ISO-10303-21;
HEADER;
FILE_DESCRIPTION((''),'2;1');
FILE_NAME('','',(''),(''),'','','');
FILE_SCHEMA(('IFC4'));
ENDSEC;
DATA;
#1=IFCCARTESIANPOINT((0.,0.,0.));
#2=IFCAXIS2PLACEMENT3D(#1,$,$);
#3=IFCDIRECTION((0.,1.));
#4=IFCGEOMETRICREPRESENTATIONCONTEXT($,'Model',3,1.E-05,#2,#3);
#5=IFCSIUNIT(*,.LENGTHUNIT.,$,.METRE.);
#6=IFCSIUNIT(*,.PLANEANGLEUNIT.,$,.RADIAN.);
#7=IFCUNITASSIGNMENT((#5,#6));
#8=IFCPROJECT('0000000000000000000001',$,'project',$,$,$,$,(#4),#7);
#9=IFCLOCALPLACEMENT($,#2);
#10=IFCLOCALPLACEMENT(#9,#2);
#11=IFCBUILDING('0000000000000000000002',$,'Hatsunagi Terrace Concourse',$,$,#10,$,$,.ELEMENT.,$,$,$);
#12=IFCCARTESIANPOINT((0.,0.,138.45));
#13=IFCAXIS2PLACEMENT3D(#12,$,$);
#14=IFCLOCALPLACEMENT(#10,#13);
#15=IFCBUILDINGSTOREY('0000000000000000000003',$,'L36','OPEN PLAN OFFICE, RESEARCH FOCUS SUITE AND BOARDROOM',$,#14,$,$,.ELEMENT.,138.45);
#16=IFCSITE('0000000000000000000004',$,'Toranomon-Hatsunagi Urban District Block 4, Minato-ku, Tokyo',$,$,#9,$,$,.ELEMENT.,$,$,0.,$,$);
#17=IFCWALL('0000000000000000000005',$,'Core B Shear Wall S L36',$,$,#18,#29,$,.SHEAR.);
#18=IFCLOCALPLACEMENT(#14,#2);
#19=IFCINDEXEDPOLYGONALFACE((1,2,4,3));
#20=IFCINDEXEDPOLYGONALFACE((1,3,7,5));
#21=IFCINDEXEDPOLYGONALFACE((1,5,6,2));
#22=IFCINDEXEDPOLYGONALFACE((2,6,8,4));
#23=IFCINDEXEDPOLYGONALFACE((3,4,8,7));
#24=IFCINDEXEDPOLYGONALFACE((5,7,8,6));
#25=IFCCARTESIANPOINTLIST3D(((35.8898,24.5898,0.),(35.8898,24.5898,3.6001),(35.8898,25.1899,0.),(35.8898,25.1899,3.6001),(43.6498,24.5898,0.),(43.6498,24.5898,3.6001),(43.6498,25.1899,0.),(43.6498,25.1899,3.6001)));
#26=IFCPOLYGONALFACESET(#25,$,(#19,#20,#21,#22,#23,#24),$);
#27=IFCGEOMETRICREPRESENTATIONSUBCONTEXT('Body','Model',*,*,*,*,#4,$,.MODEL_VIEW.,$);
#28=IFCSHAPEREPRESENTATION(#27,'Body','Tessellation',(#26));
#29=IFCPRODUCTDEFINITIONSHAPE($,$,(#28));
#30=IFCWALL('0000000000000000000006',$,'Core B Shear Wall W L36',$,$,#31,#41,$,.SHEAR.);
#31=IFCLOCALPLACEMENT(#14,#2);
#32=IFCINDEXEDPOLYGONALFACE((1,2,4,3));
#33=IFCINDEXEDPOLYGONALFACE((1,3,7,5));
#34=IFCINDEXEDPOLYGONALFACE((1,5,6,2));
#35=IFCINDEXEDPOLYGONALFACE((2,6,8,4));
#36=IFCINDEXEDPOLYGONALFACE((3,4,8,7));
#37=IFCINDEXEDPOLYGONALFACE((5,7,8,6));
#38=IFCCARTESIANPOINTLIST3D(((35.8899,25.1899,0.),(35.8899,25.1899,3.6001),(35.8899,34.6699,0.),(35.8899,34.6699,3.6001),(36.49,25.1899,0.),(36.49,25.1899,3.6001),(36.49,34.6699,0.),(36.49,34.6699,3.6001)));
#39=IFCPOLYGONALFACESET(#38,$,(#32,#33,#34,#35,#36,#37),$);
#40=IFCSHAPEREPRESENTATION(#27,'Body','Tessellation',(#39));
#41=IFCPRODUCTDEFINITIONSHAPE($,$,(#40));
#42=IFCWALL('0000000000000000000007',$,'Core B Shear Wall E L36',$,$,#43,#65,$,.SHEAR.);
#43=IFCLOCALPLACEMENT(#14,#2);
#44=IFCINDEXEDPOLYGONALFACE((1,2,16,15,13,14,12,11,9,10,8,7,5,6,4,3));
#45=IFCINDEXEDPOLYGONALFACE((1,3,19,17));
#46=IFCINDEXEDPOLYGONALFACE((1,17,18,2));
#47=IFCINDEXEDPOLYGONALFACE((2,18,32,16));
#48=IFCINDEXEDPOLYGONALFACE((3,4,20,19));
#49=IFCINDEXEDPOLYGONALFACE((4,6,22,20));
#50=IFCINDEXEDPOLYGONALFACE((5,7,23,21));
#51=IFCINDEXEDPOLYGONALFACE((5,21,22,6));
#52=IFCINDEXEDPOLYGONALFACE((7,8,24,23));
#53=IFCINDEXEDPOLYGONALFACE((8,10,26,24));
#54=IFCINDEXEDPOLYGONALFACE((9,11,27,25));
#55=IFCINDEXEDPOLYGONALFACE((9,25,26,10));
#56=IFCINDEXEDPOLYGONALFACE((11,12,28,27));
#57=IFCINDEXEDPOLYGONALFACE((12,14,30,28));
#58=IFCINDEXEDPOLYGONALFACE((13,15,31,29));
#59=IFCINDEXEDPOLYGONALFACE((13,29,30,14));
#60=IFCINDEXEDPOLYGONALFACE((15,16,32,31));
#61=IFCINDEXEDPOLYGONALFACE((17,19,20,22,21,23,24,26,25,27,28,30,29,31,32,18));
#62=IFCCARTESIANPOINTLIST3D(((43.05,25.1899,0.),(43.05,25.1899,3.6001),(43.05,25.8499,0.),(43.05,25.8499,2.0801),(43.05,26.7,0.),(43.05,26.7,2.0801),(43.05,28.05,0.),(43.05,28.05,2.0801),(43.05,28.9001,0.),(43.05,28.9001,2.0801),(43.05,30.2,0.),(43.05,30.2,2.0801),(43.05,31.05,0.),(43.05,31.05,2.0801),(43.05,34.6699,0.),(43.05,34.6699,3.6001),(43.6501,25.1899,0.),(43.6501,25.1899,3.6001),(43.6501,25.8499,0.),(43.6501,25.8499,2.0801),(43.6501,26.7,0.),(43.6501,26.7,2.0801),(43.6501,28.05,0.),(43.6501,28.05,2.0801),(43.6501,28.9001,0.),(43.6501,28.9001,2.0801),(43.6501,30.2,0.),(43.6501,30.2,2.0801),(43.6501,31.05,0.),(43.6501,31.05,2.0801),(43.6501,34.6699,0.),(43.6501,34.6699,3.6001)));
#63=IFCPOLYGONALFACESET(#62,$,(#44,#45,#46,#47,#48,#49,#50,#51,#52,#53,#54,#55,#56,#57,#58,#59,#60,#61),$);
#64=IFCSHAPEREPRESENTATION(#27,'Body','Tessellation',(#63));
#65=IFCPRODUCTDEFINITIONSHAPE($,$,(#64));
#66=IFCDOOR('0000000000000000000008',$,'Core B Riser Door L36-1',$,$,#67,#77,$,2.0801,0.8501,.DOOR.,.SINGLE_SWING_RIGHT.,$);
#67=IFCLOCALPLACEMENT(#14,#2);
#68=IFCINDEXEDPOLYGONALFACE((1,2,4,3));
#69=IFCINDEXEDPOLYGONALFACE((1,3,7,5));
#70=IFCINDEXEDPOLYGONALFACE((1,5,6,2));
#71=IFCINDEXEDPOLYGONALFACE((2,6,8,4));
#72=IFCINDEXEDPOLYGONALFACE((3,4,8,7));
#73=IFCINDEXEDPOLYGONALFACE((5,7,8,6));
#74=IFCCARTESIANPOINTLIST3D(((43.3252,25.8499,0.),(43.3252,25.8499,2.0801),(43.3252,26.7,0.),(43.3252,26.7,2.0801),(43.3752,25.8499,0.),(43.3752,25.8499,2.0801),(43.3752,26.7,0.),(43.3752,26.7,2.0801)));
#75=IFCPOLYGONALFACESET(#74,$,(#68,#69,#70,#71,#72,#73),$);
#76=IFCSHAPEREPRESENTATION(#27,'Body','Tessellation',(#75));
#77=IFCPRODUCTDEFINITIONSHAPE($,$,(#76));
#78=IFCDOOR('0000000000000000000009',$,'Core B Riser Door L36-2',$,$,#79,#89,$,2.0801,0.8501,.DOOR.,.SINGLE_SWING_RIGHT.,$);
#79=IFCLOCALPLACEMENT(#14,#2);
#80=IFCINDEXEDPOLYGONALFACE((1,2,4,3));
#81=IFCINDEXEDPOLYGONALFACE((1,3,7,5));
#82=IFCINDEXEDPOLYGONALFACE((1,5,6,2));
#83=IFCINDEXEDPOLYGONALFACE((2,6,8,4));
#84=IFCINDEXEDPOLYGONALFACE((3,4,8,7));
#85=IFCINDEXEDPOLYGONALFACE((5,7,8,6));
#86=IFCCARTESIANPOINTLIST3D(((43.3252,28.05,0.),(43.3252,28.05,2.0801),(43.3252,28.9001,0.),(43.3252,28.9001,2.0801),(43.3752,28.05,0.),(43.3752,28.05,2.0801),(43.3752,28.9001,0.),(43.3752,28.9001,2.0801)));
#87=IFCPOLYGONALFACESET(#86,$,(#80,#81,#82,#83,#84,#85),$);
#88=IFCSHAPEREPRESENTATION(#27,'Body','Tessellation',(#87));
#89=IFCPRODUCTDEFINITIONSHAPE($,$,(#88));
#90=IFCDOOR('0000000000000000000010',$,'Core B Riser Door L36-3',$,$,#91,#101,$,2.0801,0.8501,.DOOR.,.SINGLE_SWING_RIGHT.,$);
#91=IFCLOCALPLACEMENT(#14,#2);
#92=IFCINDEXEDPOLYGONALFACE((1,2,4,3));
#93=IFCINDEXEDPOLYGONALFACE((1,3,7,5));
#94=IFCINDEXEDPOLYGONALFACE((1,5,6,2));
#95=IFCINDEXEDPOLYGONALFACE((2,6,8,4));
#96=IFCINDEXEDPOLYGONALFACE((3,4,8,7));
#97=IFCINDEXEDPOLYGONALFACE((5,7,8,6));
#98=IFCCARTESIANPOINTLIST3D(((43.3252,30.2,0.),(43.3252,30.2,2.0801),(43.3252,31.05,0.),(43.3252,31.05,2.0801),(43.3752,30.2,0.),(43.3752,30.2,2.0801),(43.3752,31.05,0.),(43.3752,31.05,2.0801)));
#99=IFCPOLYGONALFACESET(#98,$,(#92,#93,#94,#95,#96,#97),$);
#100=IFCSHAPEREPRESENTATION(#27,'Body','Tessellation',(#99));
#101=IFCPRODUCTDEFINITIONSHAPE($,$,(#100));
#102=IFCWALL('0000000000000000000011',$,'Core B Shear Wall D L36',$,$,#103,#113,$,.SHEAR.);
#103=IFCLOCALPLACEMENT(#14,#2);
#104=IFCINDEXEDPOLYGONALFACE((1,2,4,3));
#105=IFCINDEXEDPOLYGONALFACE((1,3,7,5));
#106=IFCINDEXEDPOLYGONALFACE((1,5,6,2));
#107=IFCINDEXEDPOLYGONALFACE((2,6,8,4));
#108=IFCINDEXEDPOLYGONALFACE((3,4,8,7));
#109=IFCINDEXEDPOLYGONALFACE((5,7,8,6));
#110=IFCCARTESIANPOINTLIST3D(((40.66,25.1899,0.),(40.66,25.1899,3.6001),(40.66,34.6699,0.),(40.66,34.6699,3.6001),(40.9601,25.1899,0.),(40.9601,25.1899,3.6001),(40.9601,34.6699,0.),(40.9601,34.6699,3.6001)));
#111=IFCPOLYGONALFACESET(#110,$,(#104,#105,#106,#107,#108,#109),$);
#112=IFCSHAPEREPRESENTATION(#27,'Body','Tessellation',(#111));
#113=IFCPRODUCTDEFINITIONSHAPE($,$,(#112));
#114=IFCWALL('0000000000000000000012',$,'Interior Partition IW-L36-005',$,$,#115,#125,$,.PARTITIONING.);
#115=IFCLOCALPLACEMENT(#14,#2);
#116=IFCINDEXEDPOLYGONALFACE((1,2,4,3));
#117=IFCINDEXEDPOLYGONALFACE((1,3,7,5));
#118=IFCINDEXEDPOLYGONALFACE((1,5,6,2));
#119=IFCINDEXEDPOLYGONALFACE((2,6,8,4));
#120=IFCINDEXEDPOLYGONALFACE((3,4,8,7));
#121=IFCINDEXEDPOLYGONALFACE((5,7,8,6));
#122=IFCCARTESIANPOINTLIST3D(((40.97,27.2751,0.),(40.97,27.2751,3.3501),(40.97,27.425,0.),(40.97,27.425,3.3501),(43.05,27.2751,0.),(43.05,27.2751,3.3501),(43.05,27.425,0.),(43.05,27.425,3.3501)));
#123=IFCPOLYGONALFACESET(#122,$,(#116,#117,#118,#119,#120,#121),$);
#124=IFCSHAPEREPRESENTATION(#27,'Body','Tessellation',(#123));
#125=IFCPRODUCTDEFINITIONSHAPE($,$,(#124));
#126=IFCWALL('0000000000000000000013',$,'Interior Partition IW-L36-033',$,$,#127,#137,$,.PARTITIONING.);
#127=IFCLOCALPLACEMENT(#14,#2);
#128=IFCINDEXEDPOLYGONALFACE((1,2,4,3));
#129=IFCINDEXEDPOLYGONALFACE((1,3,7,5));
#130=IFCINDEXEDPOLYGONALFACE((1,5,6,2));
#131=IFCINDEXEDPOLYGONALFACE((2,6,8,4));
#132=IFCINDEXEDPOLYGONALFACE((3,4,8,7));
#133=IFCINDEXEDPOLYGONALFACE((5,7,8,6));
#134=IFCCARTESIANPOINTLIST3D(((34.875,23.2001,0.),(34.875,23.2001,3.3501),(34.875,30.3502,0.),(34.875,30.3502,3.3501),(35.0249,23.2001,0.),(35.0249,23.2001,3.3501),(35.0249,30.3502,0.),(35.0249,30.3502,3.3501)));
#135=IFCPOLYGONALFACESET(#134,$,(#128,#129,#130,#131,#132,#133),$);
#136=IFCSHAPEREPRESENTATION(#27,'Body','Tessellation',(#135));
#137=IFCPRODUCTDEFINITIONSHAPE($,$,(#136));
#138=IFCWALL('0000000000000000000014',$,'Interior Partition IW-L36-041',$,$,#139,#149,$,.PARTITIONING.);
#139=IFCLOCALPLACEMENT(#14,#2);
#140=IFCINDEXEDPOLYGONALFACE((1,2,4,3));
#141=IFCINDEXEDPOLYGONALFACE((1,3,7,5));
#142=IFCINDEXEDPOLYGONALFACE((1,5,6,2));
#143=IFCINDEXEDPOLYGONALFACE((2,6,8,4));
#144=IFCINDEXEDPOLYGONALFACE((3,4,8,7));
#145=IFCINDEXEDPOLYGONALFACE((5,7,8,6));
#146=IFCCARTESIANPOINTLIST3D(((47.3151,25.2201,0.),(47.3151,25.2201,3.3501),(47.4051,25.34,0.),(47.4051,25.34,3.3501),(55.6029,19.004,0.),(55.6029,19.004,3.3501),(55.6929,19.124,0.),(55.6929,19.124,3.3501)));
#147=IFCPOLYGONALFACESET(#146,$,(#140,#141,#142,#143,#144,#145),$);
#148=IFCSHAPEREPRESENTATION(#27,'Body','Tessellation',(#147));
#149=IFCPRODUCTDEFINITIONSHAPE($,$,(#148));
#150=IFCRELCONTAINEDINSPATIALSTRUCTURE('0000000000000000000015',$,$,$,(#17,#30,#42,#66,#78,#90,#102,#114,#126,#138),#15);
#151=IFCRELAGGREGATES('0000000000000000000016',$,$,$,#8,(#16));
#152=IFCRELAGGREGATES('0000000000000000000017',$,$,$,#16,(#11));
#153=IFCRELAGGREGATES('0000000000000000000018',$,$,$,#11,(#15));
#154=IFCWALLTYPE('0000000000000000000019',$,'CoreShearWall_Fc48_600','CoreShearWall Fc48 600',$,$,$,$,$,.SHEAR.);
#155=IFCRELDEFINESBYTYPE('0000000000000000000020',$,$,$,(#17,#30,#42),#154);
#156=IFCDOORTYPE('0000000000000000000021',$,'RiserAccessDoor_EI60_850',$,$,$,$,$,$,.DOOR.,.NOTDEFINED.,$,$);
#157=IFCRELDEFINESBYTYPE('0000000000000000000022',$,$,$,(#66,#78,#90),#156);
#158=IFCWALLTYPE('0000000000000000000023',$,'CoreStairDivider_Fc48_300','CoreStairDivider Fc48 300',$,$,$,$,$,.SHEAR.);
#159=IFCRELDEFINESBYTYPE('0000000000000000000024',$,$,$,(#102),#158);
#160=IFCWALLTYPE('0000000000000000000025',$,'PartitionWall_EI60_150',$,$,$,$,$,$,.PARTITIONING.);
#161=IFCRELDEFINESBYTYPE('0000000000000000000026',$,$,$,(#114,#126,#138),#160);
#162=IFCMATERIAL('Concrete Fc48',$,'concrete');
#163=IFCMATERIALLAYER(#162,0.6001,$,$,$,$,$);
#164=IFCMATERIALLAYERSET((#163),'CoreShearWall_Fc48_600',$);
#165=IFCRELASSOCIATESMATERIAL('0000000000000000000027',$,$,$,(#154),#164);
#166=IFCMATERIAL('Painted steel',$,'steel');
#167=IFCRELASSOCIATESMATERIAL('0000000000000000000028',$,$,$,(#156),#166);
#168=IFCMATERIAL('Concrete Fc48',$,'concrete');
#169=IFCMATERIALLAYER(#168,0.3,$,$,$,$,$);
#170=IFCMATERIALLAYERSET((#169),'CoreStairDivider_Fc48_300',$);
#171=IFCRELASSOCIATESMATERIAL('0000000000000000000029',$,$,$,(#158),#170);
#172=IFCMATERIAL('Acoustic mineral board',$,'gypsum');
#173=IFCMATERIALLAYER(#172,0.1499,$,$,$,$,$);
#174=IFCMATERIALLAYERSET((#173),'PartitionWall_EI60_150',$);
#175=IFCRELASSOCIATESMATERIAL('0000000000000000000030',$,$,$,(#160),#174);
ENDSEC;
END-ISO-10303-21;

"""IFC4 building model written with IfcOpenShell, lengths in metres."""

from ifc_helpers import new_model, si_unit, direction, frame, frame_2d, origin, place, context, subcontext, project, spatial, rectangle, extrude, material, layer, layer_set, type_object, element, fill, save


model = new_model("IFC4")

# Units and contexts
model_context = context("Model", 3, precision=1e-05, world=origin(), true_north=direction((0.0, 1.0)))
body_context = subcontext(model_context, "Body", "Model", "MODEL_VIEW")
ifc_project = project(units=[si_unit("LENGTHUNIT", "METRE"), si_unit("PLANEANGLEUNIT", "RADIAN")], contexts=[model_context])

# Site, building, storey
site_placement = place(None, origin())
site = spatial("IfcSite", under=ifc_project, at=site_placement, Name="Toranomon-Hatsunagi Urban District Block 4, Minato-ku, Tokyo", CompositionType="ELEMENT", RefElevation=0.0)
building_placement = place(site_placement, origin())
building = spatial("IfcBuilding", under=site, at=building_placement, Name="Hatsunagi Terrace Concourse", CompositionType="ELEMENT")
storey_placement = place(building_placement, frame((0.0, 0.0, 138.45)))
storey = spatial("IfcBuildingStorey", under=building, at=storey_placement, Name="L36", Description="OPEN PLAN OFFICE, RESEARCH FOCUS SUITE AND BOARDROOM", CompositionType="ELEMENT", Elevation=138.45)

# Walls
ifc_material_1 = material(Name="Concrete Fc48", Category="concrete")
ifc_layer_1 = layer(ifc_material_1, 0.6001)
ifc_layer_set_1 = layer_set([ifc_layer_1], Name="CoreShearWall_Fc48_600")
wall_type_1 = type_object("IfcWallType", Name="CoreShearWall_Fc48_600", Description="CoreShearWall Fc48 600", PredefinedType="SHEAR", material=ifc_layer_set_1)
wall_1_placement = place(storey_placement, frame((35.8899, 24.8899, 0.0), z_axis=(0.0, 0.0, 1.0), x_axis=(1.0, 0.0, 0.0)))
element("IfcWall", 1, at=wall_1_placement, inside=storey, type_object=wall_type_1, Name="Core B Shear Wall S L36", PredefinedType="SHEAR", context=body_context, shape_type="SweptSolid", body=[
    extrude(rectangle(XDim=7.76, YDim=0.6001, at=frame_2d((3.8799, 0.0))), origin(), (0.0, 0.0, 1.0), 3.6001),
])
wall_2_placement = place(storey_placement, frame((36.1899, 25.1899, 0.0), z_axis=(0.0, 0.0, 1.0), x_axis=(0.0, 1.0, 0.0)))
element("IfcWall", 2, at=wall_2_placement, inside=storey, type_object=wall_type_1, Name="Core B Shear Wall W L36", PredefinedType="SHEAR", context=body_context, shape_type="SweptSolid", body=[
    extrude(rectangle(XDim=9.48, YDim=0.6001, at=frame_2d((4.74, 0.0))), origin(), (0.0, 0.0, 1.0), 3.6001),
])

# Wall, openings, doors
wall_3_placement = place(storey_placement, frame((43.3501, 25.1899, 0.0), z_axis=(0.0, 0.0, 1.0), x_axis=(0.0, 1.0, 0.0)))
wall_3 = element("IfcWall", 3, at=wall_3_placement, inside=storey, type_object=wall_type_1, Name="Core B Shear Wall E L36", PredefinedType="SHEAR", context=body_context, shape_type="SweptSolid", body=[
    extrude(rectangle(XDim=9.48, YDim=0.6001, at=frame_2d((4.74, 0.0))), origin(), (0.0, 0.0, 1.0), 3.6001),
])
opening_1_placement = place(wall_3_placement, frame((0.6599, 0.0, 0.0)))
opening_1 = element("IfcOpeningElement", 4, at=opening_1_placement, cuts=wall_3, PredefinedType="OPENING", context=body_context, shape_type="SweptSolid", body=[
    extrude(rectangle(XDim=0.8501, YDim=2.0801, at=frame_2d((0.425, 1.04))), frame((0.0, 0.3101, 0.0), z_axis=(0.0, -1.0, 0.0), x_axis=(1.0, 0.0, 0.0)), (0.0, 0.0, 1.0), 0.6201),
])
opening_2_placement = place(wall_3_placement, frame((2.8601, 0.0, 0.0)))
opening_2 = element("IfcOpeningElement", 5, at=opening_2_placement, cuts=wall_3, PredefinedType="OPENING", context=body_context, shape_type="SweptSolid", body=[
    extrude(rectangle(XDim=0.8501, YDim=2.0801, at=frame_2d((0.425, 1.04))), frame((0.0, 0.3101, 0.0), z_axis=(0.0, -1.0, 0.0), x_axis=(1.0, 0.0, 0.0)), (0.0, 0.0, 1.0), 0.6201),
])
opening_3_placement = place(wall_3_placement, frame((5.01, 0.0, 0.0)))
opening_3 = element("IfcOpeningElement", 6, at=opening_3_placement, cuts=wall_3, PredefinedType="OPENING", context=body_context, shape_type="SweptSolid", body=[
    extrude(rectangle(XDim=0.8501, YDim=2.0801, at=frame_2d((0.425, 1.04))), frame((0.0, 0.3101, 0.0), z_axis=(0.0, -1.0, 0.0), x_axis=(1.0, 0.0, 0.0)), (0.0, 0.0, 1.0), 0.6201),
])
ifc_material_2 = material(Name="Painted steel", Category="steel")
door_type_1 = type_object("IfcDoorType", Name="RiserAccessDoor_EI60_850", OperationType="NOTDEFINED", PredefinedType="DOOR", material=ifc_material_2)
door_1_placement = place(opening_1_placement, origin())
door_1 = element("IfcDoor", 7, at=door_1_placement, inside=storey, type_object=door_type_1, Name="Core B Riser Door L36-1", OperationType="SINGLE_SWING_RIGHT", OverallHeight=2.0801, OverallWidth=0.8501, PredefinedType="DOOR", context=body_context, shape_type="SweptSolid", body=[
    extrude(rectangle(XDim=0.8501, YDim=2.0801, at=frame_2d((0.425, 1.04))), frame((0.0, 0.0249, 0.0), z_axis=(0.0, -1.0, 0.0), x_axis=(1.0, 0.0, 0.0)), (0.0, 0.0, 1.0), 0.05),
])
fill(opening_1, door_1)
door_2_placement = place(opening_2_placement, origin())
door_2 = element("IfcDoor", 8, at=door_2_placement, inside=storey, type_object=door_type_1, Name="Core B Riser Door L36-2", OperationType="SINGLE_SWING_RIGHT", OverallHeight=2.0801, OverallWidth=0.8501, PredefinedType="DOOR", context=body_context, shape_type="SweptSolid", body=[
    extrude(rectangle(XDim=0.8501, YDim=2.0801, at=frame_2d((0.425, 1.04))), frame((0.0, 0.0249, 0.0), z_axis=(0.0, -1.0, 0.0), x_axis=(1.0, 0.0, 0.0)), (0.0, 0.0, 1.0), 0.05),
])
fill(opening_2, door_2)
door_3_placement = place(opening_3_placement, origin())
door_3 = element("IfcDoor", 9, at=door_3_placement, inside=storey, type_object=door_type_1, Name="Core B Riser Door L36-3", OperationType="SINGLE_SWING_RIGHT", OverallHeight=2.0801, OverallWidth=0.8501, PredefinedType="DOOR", context=body_context, shape_type="SweptSolid", body=[
    extrude(rectangle(XDim=0.8501, YDim=2.0801, at=frame_2d((0.425, 1.04))), frame((0.0, 0.0249, 0.0), z_axis=(0.0, -1.0, 0.0), x_axis=(1.0, 0.0, 0.0)), (0.0, 0.0, 1.0), 0.05),
])
fill(opening_3, door_3)

# Walls
ifc_material_3 = material(Name="Concrete Fc48", Category="concrete")
ifc_layer_2 = layer(ifc_material_3, 0.3)
ifc_layer_set_2 = layer_set([ifc_layer_2], Name="CoreStairDivider_Fc48_300")
wall_type_2 = type_object("IfcWallType", Name="CoreStairDivider_Fc48_300", Description="CoreStairDivider Fc48 300", PredefinedType="SHEAR", material=ifc_layer_set_2)
wall_4_placement = place(storey_placement, frame((40.8101, 25.1899, 0.0), z_axis=(0.0, 0.0, 1.0), x_axis=(0.0, 1.0, 0.0)))
element("IfcWall", 10, at=wall_4_placement, inside=storey, type_object=wall_type_2, Name="Core B Shear Wall D L36", PredefinedType="SHEAR", context=body_context, shape_type="SweptSolid", body=[
    extrude(rectangle(XDim=9.48, YDim=0.3, at=frame_2d((4.74, 0.0))), origin(), (0.0, 0.0, 1.0), 3.6001),
])
ifc_material_4 = material(Name="Acoustic mineral board", Category="gypsum")
ifc_layer_3 = layer(ifc_material_4, 0.1499)
ifc_layer_set_3 = layer_set([ifc_layer_3], Name="PartitionWall_EI60_150")
wall_type_3 = type_object("IfcWallType", Name="PartitionWall_EI60_150", PredefinedType="PARTITIONING", material=ifc_layer_set_3)
wall_5_placement = place(storey_placement, frame((40.97, 27.3501, 0.0), z_axis=(0.0, 0.0, 1.0), x_axis=(1.0, 0.0, 0.0)))
element("IfcWall", 11, at=wall_5_placement, inside=storey, type_object=wall_type_3, Name="Interior Partition IW-L36-005", PredefinedType="PARTITIONING", context=body_context, shape_type="SweptSolid", body=[
    extrude(rectangle(XDim=2.0801, YDim=0.1499, at=frame_2d((1.04, 0.0))), origin(), (0.0, 0.0, 1.0), 3.3501),
])
wall_6_placement = place(storey_placement, frame((34.95, 23.2, 0.0), z_axis=(0.0, 0.0, 1.0), x_axis=(0.0, 1.0, 0.0)))
element("IfcWall", 12, at=wall_6_placement, inside=storey, type_object=wall_type_3, Name="Interior Partition IW-L36-033", PredefinedType="PARTITIONING", context=body_context, shape_type="SweptSolid", body=[
    extrude(rectangle(XDim=7.1501, YDim=0.1499, at=frame_2d((3.5752, 0.0))), origin(), (0.0, 0.0, 1.0), 3.3501),
])
wall_7_placement = place(storey_placement, frame((47.3601, 25.28, 0.0), z_axis=(0.0, 0.0, 1.0), x_axis=(0.799992, -0.600011, 0.0)))
element("IfcWall", 13, at=wall_7_placement, inside=storey, type_object=wall_type_3, Name="Interior Partition IW-L36-041", PredefinedType="PARTITIONING", context=body_context, shape_type="SweptSolid", body=[
    extrude(rectangle(XDim=10.3599, YDim=0.1499, at=frame_2d((5.1799, 0.0))), origin(), (0.0, 0.0, 1.0), 3.3501),
])

save(model, "model.ifc")
